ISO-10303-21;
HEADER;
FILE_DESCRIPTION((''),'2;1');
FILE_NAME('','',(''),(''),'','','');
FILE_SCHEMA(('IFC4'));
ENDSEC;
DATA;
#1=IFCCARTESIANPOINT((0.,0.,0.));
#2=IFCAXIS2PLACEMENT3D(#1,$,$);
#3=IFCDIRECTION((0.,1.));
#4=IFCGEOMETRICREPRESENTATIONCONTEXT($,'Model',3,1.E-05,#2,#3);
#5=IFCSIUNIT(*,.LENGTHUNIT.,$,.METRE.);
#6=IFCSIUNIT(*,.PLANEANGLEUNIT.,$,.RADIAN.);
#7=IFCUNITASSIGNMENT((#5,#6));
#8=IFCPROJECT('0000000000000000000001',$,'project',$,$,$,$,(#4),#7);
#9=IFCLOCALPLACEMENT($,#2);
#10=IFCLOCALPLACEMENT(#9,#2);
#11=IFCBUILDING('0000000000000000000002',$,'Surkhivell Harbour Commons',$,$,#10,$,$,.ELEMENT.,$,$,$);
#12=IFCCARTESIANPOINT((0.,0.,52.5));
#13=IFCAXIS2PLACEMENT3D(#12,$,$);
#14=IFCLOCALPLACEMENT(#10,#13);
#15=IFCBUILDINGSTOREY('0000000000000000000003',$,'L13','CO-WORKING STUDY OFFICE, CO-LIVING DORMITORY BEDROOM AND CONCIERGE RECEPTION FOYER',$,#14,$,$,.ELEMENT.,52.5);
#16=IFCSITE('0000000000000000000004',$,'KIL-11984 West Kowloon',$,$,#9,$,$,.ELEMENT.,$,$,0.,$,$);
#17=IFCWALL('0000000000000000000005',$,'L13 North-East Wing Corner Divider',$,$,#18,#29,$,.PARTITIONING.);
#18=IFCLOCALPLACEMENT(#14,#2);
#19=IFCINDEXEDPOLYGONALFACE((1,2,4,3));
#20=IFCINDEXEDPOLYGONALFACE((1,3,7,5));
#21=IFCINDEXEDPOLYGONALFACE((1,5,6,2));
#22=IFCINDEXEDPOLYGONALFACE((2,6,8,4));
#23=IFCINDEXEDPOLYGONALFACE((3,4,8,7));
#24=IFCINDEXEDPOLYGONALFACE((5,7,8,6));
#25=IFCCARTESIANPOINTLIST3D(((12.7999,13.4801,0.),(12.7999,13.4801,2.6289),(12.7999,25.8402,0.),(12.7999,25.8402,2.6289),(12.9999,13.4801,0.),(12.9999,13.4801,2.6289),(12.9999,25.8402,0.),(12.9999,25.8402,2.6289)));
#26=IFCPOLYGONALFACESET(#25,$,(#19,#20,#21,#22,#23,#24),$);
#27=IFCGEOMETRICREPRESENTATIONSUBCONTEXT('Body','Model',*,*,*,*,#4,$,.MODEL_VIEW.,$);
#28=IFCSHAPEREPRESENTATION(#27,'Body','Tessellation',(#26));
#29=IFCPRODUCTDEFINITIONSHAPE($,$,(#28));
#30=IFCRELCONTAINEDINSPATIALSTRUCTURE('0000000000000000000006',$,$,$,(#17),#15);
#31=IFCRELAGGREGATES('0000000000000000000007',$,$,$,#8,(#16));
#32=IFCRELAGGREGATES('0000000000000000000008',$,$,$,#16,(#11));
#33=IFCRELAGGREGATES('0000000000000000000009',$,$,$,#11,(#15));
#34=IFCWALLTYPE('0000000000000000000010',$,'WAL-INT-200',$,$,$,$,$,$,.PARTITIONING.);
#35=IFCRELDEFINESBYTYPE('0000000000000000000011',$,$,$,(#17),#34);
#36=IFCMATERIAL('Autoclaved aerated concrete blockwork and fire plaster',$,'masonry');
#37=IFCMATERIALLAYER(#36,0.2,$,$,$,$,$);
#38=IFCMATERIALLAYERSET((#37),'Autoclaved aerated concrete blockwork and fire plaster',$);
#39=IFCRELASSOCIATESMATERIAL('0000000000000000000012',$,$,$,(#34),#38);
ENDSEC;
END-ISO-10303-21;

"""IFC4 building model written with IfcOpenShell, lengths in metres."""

from ifc_helpers import new_model, si_unit, direction, frame, frame_2d, origin, place, context, subcontext, project, spatial, rectangle, extrude, material, layer, layer_set, type_object, element, save


model = new_model("IFC4")

# Units and contexts
model_context = context("Model", 3, precision=1e-05, world=origin(), true_north=direction((0.0, 1.0)))
body_context = subcontext(model_context, "Body", "Model", "MODEL_VIEW")
ifc_project = project(units=[si_unit("LENGTHUNIT", "METRE"), si_unit("PLANEANGLEUNIT", "RADIAN")], contexts=[model_context])

# Site, building, storey
site_placement = place(None, origin())
site = spatial("IfcSite", under=ifc_project, at=site_placement, Name="KIL-11984 West Kowloon", CompositionType="ELEMENT", RefElevation=0.0)
building_placement = place(site_placement, origin())
building = spatial("IfcBuilding", under=site, at=building_placement, Name="Surkhivell Harbour Commons", CompositionType="ELEMENT")
storey_placement = place(building_placement, frame((0.0, 0.0, 52.5)))
storey = spatial("IfcBuildingStorey", under=building, at=storey_placement, Name="L13", Description="CO-WORKING STUDY OFFICE, CO-LIVING DORMITORY BEDROOM AND CONCIERGE RECEPTION FOYER", CompositionType="ELEMENT", Elevation=52.5)

# Wall
ifc_material_1 = material(Name="Autoclaved aerated concrete blockwork and fire plaster", Category="masonry")
ifc_layer_1 = layer(ifc_material_1, 0.2)
ifc_layer_set_1 = layer_set([ifc_layer_1], Name="Autoclaved aerated concrete blockwork and fire plaster")
wall_type_1 = type_object("IfcWallType", Name="WAL-INT-200", PredefinedType="PARTITIONING", material=ifc_layer_set_1)
wall_1_placement = place(storey_placement, frame((12.8999, 13.48, 0.0), z_axis=(0.0, 0.0, 1.0), x_axis=(0.0, 1.0, 0.0)))
element("IfcWall", 1, at=wall_1_placement, inside=storey, type_object=wall_type_1, Name="L13 North-East Wing Corner Divider", PredefinedType="PARTITIONING", context=body_context, shape_type="SweptSolid", body=[
    extrude(rectangle(XDim=12.3601, YDim=0.2, at=frame_2d((6.1802, 0.0))), origin(), (0.0, 0.0, 1.0), 2.6289),
])

save(model, "model.ifc")
